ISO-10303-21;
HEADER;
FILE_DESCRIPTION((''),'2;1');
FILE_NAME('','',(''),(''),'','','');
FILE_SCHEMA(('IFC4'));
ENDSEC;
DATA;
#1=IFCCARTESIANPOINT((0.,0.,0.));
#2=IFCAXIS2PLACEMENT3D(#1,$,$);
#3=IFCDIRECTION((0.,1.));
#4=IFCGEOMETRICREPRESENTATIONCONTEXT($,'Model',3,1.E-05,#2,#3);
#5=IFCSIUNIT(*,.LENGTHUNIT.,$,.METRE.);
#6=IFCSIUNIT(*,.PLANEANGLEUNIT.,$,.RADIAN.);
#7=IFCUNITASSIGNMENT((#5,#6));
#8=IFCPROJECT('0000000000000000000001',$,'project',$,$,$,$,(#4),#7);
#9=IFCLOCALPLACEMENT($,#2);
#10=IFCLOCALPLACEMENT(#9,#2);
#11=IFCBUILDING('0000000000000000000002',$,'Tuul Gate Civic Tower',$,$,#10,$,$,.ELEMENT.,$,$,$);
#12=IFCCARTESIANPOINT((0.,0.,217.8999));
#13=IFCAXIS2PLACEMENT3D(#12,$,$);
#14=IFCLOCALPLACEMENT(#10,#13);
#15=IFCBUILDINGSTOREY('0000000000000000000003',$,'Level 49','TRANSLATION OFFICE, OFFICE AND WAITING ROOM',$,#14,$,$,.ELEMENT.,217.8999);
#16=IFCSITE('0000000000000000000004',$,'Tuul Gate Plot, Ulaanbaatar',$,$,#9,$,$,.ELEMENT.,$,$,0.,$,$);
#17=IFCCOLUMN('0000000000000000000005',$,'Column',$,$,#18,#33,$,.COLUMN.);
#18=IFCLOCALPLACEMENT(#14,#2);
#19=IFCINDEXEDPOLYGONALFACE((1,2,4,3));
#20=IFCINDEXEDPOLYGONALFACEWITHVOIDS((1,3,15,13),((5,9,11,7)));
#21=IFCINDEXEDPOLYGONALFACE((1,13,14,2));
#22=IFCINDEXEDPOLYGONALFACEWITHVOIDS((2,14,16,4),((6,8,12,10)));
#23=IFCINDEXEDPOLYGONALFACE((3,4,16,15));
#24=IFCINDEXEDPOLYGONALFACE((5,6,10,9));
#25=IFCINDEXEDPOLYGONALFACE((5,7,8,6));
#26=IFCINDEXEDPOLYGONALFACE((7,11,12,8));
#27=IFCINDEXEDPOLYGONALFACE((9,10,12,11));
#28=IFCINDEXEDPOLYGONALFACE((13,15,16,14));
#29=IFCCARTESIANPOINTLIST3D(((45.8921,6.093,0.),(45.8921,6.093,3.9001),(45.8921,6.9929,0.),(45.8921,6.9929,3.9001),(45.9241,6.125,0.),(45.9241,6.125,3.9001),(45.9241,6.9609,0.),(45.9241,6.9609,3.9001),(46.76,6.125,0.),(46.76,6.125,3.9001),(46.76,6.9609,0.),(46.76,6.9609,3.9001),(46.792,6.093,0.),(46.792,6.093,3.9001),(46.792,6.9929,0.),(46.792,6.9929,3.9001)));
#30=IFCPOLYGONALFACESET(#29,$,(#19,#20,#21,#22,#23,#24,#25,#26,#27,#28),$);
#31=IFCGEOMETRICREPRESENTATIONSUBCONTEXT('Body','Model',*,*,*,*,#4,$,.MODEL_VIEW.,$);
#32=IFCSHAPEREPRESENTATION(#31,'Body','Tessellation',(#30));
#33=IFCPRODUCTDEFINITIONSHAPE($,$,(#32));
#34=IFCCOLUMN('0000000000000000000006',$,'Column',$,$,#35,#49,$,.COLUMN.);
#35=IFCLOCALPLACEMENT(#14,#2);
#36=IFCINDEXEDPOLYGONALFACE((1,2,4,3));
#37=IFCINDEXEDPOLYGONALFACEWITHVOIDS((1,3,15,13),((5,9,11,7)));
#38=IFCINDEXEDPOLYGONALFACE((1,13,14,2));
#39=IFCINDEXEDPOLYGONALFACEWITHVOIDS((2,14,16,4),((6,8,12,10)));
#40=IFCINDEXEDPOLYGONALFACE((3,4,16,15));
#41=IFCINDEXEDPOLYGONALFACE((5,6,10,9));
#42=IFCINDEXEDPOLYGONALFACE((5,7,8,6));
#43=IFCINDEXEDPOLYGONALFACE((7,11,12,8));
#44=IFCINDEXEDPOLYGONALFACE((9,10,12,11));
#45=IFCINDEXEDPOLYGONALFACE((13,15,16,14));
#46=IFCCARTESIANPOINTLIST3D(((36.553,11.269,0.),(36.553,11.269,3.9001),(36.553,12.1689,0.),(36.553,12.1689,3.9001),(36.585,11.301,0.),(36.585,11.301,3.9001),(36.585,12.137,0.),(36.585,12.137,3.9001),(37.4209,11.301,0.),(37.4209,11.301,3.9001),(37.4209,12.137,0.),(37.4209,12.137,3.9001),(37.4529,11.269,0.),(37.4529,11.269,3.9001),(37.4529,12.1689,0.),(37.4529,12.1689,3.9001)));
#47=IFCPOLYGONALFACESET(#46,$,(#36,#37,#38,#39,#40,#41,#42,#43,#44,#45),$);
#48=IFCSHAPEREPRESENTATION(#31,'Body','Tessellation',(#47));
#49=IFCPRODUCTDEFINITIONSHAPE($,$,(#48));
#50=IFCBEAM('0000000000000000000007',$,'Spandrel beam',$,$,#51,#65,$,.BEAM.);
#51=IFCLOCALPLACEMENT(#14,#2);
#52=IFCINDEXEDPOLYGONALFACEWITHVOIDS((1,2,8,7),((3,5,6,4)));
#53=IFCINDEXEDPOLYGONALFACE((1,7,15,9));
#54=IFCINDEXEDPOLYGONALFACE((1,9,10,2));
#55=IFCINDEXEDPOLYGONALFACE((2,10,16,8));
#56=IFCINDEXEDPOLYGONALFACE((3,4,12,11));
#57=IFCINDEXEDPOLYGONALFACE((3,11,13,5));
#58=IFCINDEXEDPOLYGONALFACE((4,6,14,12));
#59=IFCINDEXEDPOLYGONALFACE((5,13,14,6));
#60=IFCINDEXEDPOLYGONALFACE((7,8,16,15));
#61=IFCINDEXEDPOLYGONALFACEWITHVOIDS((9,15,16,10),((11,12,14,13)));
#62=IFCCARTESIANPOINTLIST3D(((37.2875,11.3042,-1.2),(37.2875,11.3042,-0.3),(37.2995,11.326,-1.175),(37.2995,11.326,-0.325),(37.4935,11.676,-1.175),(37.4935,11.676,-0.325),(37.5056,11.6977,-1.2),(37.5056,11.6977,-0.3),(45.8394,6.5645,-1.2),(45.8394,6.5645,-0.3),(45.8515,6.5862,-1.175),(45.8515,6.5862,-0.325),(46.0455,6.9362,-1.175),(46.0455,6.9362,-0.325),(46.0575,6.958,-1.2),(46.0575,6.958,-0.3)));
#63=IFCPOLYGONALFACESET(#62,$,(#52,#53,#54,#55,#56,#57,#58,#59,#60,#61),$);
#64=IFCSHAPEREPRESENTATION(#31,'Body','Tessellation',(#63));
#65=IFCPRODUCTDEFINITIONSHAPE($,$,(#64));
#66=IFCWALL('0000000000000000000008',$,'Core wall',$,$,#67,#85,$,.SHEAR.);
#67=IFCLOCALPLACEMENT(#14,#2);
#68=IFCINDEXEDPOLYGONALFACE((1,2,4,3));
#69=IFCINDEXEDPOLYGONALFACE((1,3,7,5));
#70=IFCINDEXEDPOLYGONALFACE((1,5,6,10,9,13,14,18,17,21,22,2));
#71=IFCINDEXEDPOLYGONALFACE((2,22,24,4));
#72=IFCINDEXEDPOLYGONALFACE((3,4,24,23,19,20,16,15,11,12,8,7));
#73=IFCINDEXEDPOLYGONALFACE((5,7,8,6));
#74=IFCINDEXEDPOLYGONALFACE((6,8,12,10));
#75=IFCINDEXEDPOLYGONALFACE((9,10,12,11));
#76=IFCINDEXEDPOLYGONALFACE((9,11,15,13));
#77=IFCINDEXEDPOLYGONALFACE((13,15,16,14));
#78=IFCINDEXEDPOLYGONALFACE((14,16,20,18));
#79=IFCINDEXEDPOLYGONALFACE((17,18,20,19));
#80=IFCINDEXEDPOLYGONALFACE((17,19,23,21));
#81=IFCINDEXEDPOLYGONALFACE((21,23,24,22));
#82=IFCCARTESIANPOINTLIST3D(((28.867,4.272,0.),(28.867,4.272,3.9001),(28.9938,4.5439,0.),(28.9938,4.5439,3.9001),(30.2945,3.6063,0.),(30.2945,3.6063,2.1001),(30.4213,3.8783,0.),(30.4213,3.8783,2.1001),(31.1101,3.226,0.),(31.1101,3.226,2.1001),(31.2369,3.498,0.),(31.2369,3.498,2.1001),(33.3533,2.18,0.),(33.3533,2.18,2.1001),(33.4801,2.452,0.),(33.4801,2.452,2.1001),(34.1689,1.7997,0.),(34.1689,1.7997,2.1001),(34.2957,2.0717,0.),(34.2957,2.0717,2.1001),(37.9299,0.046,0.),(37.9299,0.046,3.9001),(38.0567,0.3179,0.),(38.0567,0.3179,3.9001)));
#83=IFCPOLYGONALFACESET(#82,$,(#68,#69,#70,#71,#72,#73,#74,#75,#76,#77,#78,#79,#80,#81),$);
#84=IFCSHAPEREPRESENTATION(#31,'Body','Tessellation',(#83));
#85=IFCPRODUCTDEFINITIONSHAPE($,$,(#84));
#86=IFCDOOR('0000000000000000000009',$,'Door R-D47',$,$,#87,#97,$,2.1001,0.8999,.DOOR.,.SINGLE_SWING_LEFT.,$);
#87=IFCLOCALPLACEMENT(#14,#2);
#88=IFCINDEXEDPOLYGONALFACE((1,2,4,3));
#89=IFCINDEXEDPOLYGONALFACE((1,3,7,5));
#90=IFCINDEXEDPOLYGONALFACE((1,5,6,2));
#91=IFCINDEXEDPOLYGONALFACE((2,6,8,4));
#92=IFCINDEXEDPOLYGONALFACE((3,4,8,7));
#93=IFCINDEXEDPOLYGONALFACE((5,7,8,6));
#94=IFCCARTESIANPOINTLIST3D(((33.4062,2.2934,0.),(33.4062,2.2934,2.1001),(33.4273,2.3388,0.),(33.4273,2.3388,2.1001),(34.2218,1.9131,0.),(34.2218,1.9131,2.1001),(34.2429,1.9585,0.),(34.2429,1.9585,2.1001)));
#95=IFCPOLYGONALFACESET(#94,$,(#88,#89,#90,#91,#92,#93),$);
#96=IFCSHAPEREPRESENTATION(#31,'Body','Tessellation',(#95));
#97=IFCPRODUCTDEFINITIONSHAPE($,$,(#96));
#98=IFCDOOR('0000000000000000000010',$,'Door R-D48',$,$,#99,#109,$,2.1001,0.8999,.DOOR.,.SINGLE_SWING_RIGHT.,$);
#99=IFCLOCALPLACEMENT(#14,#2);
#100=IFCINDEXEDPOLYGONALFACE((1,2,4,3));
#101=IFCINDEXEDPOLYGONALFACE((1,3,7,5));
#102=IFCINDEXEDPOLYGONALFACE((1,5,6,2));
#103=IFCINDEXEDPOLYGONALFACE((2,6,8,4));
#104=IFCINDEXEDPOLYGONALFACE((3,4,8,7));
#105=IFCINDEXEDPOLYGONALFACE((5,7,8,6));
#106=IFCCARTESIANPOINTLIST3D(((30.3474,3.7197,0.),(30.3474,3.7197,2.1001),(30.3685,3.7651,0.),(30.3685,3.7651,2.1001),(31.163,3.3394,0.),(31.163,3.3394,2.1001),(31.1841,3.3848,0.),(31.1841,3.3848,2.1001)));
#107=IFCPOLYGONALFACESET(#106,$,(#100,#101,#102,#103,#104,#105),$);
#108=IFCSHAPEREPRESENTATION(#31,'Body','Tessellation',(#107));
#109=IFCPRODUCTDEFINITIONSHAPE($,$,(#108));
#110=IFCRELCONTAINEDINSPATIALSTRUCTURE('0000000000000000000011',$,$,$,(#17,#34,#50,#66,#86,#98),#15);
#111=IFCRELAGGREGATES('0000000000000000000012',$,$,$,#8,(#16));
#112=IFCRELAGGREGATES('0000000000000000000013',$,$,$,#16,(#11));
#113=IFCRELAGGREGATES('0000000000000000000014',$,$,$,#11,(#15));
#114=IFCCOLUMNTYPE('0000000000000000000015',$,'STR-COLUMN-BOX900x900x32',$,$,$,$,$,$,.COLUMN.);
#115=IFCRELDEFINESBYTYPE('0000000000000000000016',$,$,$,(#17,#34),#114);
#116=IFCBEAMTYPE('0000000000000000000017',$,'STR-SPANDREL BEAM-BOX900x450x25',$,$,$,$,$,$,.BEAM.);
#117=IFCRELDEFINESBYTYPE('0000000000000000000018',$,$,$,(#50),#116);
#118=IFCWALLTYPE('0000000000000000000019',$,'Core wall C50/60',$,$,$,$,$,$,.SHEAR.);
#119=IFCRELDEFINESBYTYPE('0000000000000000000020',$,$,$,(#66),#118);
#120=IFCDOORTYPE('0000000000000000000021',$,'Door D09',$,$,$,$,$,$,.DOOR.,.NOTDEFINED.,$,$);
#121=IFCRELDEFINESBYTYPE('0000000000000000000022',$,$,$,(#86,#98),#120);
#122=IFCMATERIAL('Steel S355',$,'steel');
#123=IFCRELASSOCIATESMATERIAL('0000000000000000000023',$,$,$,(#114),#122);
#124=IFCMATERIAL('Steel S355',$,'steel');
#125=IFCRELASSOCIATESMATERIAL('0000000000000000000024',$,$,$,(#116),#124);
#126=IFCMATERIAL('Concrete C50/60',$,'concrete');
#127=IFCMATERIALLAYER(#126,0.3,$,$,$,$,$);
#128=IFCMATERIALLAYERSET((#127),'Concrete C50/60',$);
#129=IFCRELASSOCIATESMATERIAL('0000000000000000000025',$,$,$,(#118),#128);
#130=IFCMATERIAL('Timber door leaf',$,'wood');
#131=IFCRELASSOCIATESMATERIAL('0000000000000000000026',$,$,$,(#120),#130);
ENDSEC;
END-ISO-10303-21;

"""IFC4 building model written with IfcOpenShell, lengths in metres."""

from ifc_helpers import new_model, si_unit, direction, frame, frame_2d, origin, origin_2d, place, context, subcontext, project, spatial, rectangle, hollow_rectangle, extrude, material, layer, layer_set, material_profile, profile_set, type_object, element, fill, save


model = new_model("IFC4")

# Units and contexts
model_context = context("Model", 3, precision=1e-05, world=origin(), true_north=direction((0.0, 1.0)))
body_context = subcontext(model_context, "Body", "Model", "MODEL_VIEW")
ifc_project = project(units=[si_unit("LENGTHUNIT", "METRE"), si_unit("PLANEANGLEUNIT", "RADIAN")], contexts=[model_context])

# Site, building, storey
site_placement = place(None, origin())
site = spatial("IfcSite", under=ifc_project, at=site_placement, Name="Tuul Gate Plot, Ulaanbaatar", CompositionType="ELEMENT", RefElevation=0.0)
building_placement = place(site_placement, origin())
building = spatial("IfcBuilding", under=site, at=building_placement, Name="Tuul Gate Civic Tower", CompositionType="ELEMENT")
storey_placement = place(building_placement, frame((0.0, 0.0, 217.8999)))
storey = spatial("IfcBuildingStorey", under=building, at=storey_placement, Name="Level 49", Description="TRANSLATION OFFICE, OFFICE AND WAITING ROOM", CompositionType="ELEMENT", Elevation=217.8999)

# Columns
ifc_material_1 = material(Name="Steel S355", Category="steel")
ifc_material_profile_1 = material_profile(ifc_material_1, hollow_rectangle(XDim=0.8999, YDim=0.8999, WallThickness=0.032, at=origin_2d()), Name="BOX900x900x32")
ifc_profile_set_1 = profile_set([ifc_material_profile_1], Name="Steel S355")
column_type = type_object("IfcColumnType", Name="STR-COLUMN-BOX900x900x32", PredefinedType="COLUMN", material=ifc_profile_set_1)
for number, where, z_axis, x_axis, name in (
    (1, (46.342, 6.543, 0.0), (0.0, 0.0, 1.0), (1.0, 0.0, 0.0), "Column"),
    (2, (37.0029, 11.719, 0.0), (0.0, 0.0, 1.0), (1.0, 0.0, 0.0), "Column"),
):
    element("IfcColumn", number, at=place(storey_placement, frame(where, z_axis=z_axis, x_axis=x_axis)), inside=storey, type_object=column_type, Name=name, PredefinedType="COLUMN", context=body_context, shape_type="SweptSolid", body=[
        extrude(hollow_rectangle(XDim=0.8999, YDim=0.8999, WallThickness=0.032, at=origin_2d()), origin(), (0.0, 0.0, 1.0), 3.9001),
    ])

# Beam
ifc_material_2 = material(Name="Steel S355", Category="steel")
ifc_material_profile_2 = material_profile(ifc_material_2, hollow_rectangle(XDim=0.45, YDim=0.8999, WallThickness=0.0249, at=origin_2d()), Name="BOX900x450x25")
ifc_profile_set_2 = profile_set([ifc_material_profile_2], Name="Steel S355")
beam_type = type_object("IfcBeamType", Name="STR-SPANDREL BEAM-BOX900x450x25", PredefinedType="BEAM", material=ifc_profile_set_2)
beam_placement = place(storey_placement, frame((45.9485, 6.7612, -0.75), z_axis=(-0.87465, 0.484754, 0.0), x_axis=(-0.484754, -0.87465, 0.0)))
element("IfcBeam", 3, at=beam_placement, inside=storey, type_object=beam_type, Name="Spandrel beam", PredefinedType="BEAM", context=body_context, shape_type="SweptSolid", body=[
    extrude(hollow_rectangle(XDim=0.45, YDim=0.8999, WallThickness=0.0249, at=origin_2d()), origin(), (0.0, 0.0, 1.0), 9.7776),
])

# Wall, openings, doors
ifc_material_3 = material(Name="Concrete C50/60", Category="concrete")
ifc_layer_1 = layer(ifc_material_3, 0.3)
ifc_layer_set_1 = layer_set([ifc_layer_1], Name="Concrete C50/60")
wall_type_1 = type_object("IfcWallType", Name="Core wall C50/60", PredefinedType="SHEAR", material=ifc_layer_set_1)
wall_1_placement = place(storey_placement, frame((37.9934, 0.1819, 0.0), z_axis=(0.0, 0.0, 1.0), x_axis=(-0.90631, 0.422613, 0.0)))
wall_1 = element("IfcWall", 4, at=wall_1_placement, inside=storey, type_object=wall_type_1, Name="Core wall", PredefinedType="SHEAR", context=body_context, shape_type="SweptSolid", body=[
    extrude(rectangle(XDim=9.9998, YDim=0.3, at=frame_2d((5.0, 0.0))), origin(), (0.0, 0.0, 1.0), 3.9001),
])
opening_1_placement = place(wall_1_placement, frame((4.1499, 0.0, 0.0)))
opening_1 = element("IfcOpeningElement", 5, at=opening_1_placement, cuts=wall_1, PredefinedType="OPENING", context=body_context, shape_type="SweptSolid", body=[
    extrude(rectangle(XDim=0.8999, YDim=2.1001, at=frame_2d((0.45, 1.05))), frame((0.0, 0.1602, 0.0), z_axis=(0.0, -1.0, 0.0), x_axis=(1.0, 0.0, 0.0)), (0.0, 0.0, 1.0), 0.3201),
])
opening_2_placement = place(wall_1_placement, frame((7.5249, 0.0, 0.0)))
opening_2 = element("IfcOpeningElement", 6, at=opening_2_placement, cuts=wall_1, PredefinedType="OPENING", context=body_context, shape_type="SweptSolid", body=[
    extrude(rectangle(XDim=0.8999, YDim=2.1001, at=frame_2d((0.45, 1.05))), frame((0.0, 0.1602, 0.0), z_axis=(0.0, -1.0, 0.0), x_axis=(1.0, 0.0, 0.0)), (0.0, 0.0, 1.0), 0.3201),
])
ifc_material_4 = material(Name="Timber door leaf", Category="wood")
door_type = type_object("IfcDoorType", Name="Door D09", OperationType="NOTDEFINED", PredefinedType="DOOR", material=ifc_material_4)
door_1_placement = place(opening_1_placement, origin())
door_1 = element("IfcDoor", 7, at=door_1_placement, inside=storey, type_object=door_type, Name="Door R-D47", OperationType="SINGLE_SWING_LEFT", OverallHeight=2.1001, OverallWidth=0.8999, PredefinedType="DOOR", context=body_context, shape_type="SweptSolid", body=[
    extrude(rectangle(XDim=0.8999, YDim=2.1001, at=frame_2d((0.45, 1.05))), frame((0.0, 0.0249, 0.0), z_axis=(0.0, -1.0, 0.0), x_axis=(1.0, 0.0, 0.0)), (0.0, 0.0, 1.0), 0.05),
])
fill(opening_1, door_1)
door_2_placement = place(opening_2_placement, origin())
door_2 = element("IfcDoor", 8, at=door_2_placement, inside=storey, type_object=door_type, Name="Door R-D48", OperationType="SINGLE_SWING_RIGHT", OverallHeight=2.1001, OverallWidth=0.8999, PredefinedType="DOOR", context=body_context, shape_type="SweptSolid", body=[
    extrude(rectangle(XDim=0.8999, YDim=2.1001, at=frame_2d((0.45, 1.05))), frame((0.0, 0.0249, 0.0), z_axis=(0.0, -1.0, 0.0), x_axis=(1.0, 0.0, 0.0)), (0.0, 0.0, 1.0), 0.05),
])
fill(opening_2, door_2)

save(model, "model.ifc")
